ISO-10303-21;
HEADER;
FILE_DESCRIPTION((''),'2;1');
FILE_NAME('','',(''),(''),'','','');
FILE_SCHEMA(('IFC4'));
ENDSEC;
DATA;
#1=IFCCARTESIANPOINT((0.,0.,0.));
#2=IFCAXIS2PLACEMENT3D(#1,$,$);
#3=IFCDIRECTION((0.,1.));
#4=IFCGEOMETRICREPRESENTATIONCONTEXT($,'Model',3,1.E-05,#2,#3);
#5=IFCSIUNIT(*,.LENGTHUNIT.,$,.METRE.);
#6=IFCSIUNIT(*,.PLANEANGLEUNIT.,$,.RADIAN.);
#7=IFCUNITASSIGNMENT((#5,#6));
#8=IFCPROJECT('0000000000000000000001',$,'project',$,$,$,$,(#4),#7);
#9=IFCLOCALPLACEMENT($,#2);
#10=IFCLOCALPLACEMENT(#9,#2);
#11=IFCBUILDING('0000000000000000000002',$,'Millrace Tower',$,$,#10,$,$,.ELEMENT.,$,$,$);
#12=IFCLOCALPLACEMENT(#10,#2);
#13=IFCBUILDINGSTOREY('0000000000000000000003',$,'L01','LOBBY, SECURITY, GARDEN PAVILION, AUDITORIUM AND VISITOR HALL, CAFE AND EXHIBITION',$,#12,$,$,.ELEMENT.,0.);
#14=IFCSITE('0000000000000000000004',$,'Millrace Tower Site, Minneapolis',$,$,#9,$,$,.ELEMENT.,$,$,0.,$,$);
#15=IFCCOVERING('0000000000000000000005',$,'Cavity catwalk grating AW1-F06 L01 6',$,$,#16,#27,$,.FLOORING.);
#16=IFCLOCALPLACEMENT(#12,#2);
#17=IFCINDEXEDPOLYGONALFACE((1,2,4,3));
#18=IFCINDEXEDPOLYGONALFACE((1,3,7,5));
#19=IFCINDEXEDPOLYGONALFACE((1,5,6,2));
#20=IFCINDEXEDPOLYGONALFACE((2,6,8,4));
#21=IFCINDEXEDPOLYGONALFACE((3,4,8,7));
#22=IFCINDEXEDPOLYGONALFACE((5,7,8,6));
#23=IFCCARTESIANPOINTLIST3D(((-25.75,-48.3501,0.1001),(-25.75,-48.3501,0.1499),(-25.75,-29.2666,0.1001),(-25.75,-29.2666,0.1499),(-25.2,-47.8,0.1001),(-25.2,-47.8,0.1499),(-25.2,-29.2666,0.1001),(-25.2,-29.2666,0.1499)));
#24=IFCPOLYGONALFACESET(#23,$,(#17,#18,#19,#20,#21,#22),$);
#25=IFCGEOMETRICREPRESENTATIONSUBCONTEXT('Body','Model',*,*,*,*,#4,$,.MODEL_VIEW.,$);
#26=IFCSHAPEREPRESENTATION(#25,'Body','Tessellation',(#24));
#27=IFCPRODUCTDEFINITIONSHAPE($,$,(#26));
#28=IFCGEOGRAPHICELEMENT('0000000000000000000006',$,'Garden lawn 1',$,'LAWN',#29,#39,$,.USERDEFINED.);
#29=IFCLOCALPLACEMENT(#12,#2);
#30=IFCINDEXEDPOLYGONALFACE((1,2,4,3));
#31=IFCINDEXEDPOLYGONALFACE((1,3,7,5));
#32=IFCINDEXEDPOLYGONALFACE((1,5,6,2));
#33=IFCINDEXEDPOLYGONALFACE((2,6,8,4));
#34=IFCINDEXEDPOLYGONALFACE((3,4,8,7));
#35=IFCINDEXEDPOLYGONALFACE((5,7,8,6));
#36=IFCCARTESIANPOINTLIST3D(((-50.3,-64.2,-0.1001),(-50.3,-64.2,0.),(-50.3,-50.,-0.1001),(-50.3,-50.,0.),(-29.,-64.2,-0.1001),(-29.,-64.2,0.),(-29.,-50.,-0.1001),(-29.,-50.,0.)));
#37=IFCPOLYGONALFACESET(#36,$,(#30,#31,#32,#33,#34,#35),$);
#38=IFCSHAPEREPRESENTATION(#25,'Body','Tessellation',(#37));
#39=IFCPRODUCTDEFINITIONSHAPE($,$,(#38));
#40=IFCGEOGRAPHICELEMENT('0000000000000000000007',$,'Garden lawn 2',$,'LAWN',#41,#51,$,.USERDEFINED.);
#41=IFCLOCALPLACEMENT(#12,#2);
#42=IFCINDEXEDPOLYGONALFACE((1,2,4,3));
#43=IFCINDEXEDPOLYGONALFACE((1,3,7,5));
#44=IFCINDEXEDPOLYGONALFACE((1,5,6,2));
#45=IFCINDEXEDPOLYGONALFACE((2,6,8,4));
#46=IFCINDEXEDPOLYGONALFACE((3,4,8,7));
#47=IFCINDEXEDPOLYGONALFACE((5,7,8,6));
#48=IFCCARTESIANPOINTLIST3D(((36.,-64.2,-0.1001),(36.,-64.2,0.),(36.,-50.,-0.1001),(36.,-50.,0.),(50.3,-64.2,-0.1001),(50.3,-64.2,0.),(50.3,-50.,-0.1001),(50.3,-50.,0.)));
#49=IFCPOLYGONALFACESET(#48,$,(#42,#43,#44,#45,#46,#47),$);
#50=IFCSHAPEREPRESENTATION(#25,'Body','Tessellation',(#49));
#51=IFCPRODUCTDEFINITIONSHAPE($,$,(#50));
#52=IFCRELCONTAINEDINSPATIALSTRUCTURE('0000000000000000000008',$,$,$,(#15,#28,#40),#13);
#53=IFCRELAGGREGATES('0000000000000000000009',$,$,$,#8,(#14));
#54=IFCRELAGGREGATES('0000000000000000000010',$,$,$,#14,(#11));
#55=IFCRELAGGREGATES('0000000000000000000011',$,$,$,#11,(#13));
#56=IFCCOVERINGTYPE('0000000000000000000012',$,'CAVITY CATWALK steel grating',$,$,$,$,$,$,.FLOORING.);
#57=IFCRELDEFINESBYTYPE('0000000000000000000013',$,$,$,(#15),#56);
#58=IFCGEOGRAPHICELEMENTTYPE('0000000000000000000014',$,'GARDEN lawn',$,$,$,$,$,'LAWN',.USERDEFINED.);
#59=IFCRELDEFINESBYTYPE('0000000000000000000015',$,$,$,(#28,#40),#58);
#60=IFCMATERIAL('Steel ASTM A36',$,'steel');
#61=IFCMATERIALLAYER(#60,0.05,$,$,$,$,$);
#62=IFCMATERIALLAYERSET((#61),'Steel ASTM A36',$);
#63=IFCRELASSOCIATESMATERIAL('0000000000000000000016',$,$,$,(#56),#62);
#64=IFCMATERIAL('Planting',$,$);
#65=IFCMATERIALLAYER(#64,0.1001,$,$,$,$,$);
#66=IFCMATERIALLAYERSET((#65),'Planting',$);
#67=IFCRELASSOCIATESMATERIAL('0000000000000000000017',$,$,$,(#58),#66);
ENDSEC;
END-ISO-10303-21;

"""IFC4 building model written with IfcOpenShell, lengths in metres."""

from ifc_helpers import new_model, si_unit, direction, frame, origin, place, context, subcontext, project, spatial, polyline, outline, extrude, material, layer, layer_set, type_object, element, save


model = new_model("IFC4")

# Units and contexts
model_context = context("Model", 3, precision=1e-05, world=origin(), true_north=direction((0.0, 1.0)))
body_context = subcontext(model_context, "Body", "Model", "MODEL_VIEW")
ifc_project = project(units=[si_unit("LENGTHUNIT", "METRE"), si_unit("PLANEANGLEUNIT", "RADIAN")], contexts=[model_context])

# Site, building, storey
site_placement = place(None, origin())
site = spatial("IfcSite", under=ifc_project, at=site_placement, Name="Millrace Tower Site, Minneapolis", CompositionType="ELEMENT", RefElevation=0.0)
building_placement = place(site_placement, origin())
building = spatial("IfcBuilding", under=site, at=building_placement, Name="Millrace Tower", CompositionType="ELEMENT")
storey_placement = place(building_placement, origin())
storey = spatial("IfcBuildingStorey", under=building, at=storey_placement, Name="L01", Description="LOBBY, SECURITY, GARDEN PAVILION, AUDITORIUM AND VISITOR HALL, CAFE AND EXHIBITION", CompositionType="ELEMENT", Elevation=0.0)

# Covering
ifc_material_1 = material(Name="Steel ASTM A36", Category="steel")
ifc_layer_1 = layer(ifc_material_1, 0.05)
ifc_layer_set_1 = layer_set([ifc_layer_1], Name="Steel ASTM A36")
covering_type = type_object("IfcCoveringType", Name="CAVITY CATWALK steel grating", PredefinedType="FLOORING", material=ifc_layer_set_1)
placement_1 = place(storey_placement, frame((0.0, 0.0, 0.1001)))
element("IfcCovering", 1, at=placement_1, inside=storey, type_object=covering_type, Name="Cavity catwalk grating AW1-F06 L01 6", PredefinedType="FLOORING", context=body_context, shape_type="SweptSolid", body=[
    extrude(outline(polyline([(-25.75, -29.2666), (-25.75, -48.3501), (-25.2, -47.8), (-25.2, -29.2666), (-25.75, -29.2666)])), origin(), (0.0, 0.0, 1.0), 0.0498),
])

# Geographic elements
ifc_material_2 = material(Name="Planting")
ifc_layer_2 = layer(ifc_material_2, 0.1001)
ifc_layer_set_2 = layer_set([ifc_layer_2], Name="Planting")
geographic_element_type = type_object("IfcGeographicElementType", Name="GARDEN lawn", ElementType="LAWN", PredefinedType="USERDEFINED", material=ifc_layer_set_2)
placement_2 = place(storey_placement, frame((0.0, 0.0, -0.1001)))
element("IfcGeographicElement", 2, at=placement_2, inside=storey, type_object=geographic_element_type, Name="Garden lawn 1", ObjectType="LAWN", PredefinedType="USERDEFINED", context=body_context, shape_type="SweptSolid", body=[
    extrude(outline(polyline([(-50.3, -64.2), (-50.3, -50.0), (-29.0, -50.0), (-29.0, -64.2), (-50.3, -64.2)])), origin(), (0.0, 0.0, 1.0), 0.1001),
])
element("IfcGeographicElement", 3, at=placement_2, inside=storey, type_object=geographic_element_type, Name="Garden lawn 2", ObjectType="LAWN", PredefinedType="USERDEFINED", context=body_context, shape_type="SweptSolid", body=[
    extrude(outline(polyline([(50.3, -50.0), (50.3, -64.2), (36.0, -64.2), (36.0, -50.0), (50.3, -50.0)])), origin(), (0.0, 0.0, 1.0), 0.1001),
])

save(model, "model.ifc")
